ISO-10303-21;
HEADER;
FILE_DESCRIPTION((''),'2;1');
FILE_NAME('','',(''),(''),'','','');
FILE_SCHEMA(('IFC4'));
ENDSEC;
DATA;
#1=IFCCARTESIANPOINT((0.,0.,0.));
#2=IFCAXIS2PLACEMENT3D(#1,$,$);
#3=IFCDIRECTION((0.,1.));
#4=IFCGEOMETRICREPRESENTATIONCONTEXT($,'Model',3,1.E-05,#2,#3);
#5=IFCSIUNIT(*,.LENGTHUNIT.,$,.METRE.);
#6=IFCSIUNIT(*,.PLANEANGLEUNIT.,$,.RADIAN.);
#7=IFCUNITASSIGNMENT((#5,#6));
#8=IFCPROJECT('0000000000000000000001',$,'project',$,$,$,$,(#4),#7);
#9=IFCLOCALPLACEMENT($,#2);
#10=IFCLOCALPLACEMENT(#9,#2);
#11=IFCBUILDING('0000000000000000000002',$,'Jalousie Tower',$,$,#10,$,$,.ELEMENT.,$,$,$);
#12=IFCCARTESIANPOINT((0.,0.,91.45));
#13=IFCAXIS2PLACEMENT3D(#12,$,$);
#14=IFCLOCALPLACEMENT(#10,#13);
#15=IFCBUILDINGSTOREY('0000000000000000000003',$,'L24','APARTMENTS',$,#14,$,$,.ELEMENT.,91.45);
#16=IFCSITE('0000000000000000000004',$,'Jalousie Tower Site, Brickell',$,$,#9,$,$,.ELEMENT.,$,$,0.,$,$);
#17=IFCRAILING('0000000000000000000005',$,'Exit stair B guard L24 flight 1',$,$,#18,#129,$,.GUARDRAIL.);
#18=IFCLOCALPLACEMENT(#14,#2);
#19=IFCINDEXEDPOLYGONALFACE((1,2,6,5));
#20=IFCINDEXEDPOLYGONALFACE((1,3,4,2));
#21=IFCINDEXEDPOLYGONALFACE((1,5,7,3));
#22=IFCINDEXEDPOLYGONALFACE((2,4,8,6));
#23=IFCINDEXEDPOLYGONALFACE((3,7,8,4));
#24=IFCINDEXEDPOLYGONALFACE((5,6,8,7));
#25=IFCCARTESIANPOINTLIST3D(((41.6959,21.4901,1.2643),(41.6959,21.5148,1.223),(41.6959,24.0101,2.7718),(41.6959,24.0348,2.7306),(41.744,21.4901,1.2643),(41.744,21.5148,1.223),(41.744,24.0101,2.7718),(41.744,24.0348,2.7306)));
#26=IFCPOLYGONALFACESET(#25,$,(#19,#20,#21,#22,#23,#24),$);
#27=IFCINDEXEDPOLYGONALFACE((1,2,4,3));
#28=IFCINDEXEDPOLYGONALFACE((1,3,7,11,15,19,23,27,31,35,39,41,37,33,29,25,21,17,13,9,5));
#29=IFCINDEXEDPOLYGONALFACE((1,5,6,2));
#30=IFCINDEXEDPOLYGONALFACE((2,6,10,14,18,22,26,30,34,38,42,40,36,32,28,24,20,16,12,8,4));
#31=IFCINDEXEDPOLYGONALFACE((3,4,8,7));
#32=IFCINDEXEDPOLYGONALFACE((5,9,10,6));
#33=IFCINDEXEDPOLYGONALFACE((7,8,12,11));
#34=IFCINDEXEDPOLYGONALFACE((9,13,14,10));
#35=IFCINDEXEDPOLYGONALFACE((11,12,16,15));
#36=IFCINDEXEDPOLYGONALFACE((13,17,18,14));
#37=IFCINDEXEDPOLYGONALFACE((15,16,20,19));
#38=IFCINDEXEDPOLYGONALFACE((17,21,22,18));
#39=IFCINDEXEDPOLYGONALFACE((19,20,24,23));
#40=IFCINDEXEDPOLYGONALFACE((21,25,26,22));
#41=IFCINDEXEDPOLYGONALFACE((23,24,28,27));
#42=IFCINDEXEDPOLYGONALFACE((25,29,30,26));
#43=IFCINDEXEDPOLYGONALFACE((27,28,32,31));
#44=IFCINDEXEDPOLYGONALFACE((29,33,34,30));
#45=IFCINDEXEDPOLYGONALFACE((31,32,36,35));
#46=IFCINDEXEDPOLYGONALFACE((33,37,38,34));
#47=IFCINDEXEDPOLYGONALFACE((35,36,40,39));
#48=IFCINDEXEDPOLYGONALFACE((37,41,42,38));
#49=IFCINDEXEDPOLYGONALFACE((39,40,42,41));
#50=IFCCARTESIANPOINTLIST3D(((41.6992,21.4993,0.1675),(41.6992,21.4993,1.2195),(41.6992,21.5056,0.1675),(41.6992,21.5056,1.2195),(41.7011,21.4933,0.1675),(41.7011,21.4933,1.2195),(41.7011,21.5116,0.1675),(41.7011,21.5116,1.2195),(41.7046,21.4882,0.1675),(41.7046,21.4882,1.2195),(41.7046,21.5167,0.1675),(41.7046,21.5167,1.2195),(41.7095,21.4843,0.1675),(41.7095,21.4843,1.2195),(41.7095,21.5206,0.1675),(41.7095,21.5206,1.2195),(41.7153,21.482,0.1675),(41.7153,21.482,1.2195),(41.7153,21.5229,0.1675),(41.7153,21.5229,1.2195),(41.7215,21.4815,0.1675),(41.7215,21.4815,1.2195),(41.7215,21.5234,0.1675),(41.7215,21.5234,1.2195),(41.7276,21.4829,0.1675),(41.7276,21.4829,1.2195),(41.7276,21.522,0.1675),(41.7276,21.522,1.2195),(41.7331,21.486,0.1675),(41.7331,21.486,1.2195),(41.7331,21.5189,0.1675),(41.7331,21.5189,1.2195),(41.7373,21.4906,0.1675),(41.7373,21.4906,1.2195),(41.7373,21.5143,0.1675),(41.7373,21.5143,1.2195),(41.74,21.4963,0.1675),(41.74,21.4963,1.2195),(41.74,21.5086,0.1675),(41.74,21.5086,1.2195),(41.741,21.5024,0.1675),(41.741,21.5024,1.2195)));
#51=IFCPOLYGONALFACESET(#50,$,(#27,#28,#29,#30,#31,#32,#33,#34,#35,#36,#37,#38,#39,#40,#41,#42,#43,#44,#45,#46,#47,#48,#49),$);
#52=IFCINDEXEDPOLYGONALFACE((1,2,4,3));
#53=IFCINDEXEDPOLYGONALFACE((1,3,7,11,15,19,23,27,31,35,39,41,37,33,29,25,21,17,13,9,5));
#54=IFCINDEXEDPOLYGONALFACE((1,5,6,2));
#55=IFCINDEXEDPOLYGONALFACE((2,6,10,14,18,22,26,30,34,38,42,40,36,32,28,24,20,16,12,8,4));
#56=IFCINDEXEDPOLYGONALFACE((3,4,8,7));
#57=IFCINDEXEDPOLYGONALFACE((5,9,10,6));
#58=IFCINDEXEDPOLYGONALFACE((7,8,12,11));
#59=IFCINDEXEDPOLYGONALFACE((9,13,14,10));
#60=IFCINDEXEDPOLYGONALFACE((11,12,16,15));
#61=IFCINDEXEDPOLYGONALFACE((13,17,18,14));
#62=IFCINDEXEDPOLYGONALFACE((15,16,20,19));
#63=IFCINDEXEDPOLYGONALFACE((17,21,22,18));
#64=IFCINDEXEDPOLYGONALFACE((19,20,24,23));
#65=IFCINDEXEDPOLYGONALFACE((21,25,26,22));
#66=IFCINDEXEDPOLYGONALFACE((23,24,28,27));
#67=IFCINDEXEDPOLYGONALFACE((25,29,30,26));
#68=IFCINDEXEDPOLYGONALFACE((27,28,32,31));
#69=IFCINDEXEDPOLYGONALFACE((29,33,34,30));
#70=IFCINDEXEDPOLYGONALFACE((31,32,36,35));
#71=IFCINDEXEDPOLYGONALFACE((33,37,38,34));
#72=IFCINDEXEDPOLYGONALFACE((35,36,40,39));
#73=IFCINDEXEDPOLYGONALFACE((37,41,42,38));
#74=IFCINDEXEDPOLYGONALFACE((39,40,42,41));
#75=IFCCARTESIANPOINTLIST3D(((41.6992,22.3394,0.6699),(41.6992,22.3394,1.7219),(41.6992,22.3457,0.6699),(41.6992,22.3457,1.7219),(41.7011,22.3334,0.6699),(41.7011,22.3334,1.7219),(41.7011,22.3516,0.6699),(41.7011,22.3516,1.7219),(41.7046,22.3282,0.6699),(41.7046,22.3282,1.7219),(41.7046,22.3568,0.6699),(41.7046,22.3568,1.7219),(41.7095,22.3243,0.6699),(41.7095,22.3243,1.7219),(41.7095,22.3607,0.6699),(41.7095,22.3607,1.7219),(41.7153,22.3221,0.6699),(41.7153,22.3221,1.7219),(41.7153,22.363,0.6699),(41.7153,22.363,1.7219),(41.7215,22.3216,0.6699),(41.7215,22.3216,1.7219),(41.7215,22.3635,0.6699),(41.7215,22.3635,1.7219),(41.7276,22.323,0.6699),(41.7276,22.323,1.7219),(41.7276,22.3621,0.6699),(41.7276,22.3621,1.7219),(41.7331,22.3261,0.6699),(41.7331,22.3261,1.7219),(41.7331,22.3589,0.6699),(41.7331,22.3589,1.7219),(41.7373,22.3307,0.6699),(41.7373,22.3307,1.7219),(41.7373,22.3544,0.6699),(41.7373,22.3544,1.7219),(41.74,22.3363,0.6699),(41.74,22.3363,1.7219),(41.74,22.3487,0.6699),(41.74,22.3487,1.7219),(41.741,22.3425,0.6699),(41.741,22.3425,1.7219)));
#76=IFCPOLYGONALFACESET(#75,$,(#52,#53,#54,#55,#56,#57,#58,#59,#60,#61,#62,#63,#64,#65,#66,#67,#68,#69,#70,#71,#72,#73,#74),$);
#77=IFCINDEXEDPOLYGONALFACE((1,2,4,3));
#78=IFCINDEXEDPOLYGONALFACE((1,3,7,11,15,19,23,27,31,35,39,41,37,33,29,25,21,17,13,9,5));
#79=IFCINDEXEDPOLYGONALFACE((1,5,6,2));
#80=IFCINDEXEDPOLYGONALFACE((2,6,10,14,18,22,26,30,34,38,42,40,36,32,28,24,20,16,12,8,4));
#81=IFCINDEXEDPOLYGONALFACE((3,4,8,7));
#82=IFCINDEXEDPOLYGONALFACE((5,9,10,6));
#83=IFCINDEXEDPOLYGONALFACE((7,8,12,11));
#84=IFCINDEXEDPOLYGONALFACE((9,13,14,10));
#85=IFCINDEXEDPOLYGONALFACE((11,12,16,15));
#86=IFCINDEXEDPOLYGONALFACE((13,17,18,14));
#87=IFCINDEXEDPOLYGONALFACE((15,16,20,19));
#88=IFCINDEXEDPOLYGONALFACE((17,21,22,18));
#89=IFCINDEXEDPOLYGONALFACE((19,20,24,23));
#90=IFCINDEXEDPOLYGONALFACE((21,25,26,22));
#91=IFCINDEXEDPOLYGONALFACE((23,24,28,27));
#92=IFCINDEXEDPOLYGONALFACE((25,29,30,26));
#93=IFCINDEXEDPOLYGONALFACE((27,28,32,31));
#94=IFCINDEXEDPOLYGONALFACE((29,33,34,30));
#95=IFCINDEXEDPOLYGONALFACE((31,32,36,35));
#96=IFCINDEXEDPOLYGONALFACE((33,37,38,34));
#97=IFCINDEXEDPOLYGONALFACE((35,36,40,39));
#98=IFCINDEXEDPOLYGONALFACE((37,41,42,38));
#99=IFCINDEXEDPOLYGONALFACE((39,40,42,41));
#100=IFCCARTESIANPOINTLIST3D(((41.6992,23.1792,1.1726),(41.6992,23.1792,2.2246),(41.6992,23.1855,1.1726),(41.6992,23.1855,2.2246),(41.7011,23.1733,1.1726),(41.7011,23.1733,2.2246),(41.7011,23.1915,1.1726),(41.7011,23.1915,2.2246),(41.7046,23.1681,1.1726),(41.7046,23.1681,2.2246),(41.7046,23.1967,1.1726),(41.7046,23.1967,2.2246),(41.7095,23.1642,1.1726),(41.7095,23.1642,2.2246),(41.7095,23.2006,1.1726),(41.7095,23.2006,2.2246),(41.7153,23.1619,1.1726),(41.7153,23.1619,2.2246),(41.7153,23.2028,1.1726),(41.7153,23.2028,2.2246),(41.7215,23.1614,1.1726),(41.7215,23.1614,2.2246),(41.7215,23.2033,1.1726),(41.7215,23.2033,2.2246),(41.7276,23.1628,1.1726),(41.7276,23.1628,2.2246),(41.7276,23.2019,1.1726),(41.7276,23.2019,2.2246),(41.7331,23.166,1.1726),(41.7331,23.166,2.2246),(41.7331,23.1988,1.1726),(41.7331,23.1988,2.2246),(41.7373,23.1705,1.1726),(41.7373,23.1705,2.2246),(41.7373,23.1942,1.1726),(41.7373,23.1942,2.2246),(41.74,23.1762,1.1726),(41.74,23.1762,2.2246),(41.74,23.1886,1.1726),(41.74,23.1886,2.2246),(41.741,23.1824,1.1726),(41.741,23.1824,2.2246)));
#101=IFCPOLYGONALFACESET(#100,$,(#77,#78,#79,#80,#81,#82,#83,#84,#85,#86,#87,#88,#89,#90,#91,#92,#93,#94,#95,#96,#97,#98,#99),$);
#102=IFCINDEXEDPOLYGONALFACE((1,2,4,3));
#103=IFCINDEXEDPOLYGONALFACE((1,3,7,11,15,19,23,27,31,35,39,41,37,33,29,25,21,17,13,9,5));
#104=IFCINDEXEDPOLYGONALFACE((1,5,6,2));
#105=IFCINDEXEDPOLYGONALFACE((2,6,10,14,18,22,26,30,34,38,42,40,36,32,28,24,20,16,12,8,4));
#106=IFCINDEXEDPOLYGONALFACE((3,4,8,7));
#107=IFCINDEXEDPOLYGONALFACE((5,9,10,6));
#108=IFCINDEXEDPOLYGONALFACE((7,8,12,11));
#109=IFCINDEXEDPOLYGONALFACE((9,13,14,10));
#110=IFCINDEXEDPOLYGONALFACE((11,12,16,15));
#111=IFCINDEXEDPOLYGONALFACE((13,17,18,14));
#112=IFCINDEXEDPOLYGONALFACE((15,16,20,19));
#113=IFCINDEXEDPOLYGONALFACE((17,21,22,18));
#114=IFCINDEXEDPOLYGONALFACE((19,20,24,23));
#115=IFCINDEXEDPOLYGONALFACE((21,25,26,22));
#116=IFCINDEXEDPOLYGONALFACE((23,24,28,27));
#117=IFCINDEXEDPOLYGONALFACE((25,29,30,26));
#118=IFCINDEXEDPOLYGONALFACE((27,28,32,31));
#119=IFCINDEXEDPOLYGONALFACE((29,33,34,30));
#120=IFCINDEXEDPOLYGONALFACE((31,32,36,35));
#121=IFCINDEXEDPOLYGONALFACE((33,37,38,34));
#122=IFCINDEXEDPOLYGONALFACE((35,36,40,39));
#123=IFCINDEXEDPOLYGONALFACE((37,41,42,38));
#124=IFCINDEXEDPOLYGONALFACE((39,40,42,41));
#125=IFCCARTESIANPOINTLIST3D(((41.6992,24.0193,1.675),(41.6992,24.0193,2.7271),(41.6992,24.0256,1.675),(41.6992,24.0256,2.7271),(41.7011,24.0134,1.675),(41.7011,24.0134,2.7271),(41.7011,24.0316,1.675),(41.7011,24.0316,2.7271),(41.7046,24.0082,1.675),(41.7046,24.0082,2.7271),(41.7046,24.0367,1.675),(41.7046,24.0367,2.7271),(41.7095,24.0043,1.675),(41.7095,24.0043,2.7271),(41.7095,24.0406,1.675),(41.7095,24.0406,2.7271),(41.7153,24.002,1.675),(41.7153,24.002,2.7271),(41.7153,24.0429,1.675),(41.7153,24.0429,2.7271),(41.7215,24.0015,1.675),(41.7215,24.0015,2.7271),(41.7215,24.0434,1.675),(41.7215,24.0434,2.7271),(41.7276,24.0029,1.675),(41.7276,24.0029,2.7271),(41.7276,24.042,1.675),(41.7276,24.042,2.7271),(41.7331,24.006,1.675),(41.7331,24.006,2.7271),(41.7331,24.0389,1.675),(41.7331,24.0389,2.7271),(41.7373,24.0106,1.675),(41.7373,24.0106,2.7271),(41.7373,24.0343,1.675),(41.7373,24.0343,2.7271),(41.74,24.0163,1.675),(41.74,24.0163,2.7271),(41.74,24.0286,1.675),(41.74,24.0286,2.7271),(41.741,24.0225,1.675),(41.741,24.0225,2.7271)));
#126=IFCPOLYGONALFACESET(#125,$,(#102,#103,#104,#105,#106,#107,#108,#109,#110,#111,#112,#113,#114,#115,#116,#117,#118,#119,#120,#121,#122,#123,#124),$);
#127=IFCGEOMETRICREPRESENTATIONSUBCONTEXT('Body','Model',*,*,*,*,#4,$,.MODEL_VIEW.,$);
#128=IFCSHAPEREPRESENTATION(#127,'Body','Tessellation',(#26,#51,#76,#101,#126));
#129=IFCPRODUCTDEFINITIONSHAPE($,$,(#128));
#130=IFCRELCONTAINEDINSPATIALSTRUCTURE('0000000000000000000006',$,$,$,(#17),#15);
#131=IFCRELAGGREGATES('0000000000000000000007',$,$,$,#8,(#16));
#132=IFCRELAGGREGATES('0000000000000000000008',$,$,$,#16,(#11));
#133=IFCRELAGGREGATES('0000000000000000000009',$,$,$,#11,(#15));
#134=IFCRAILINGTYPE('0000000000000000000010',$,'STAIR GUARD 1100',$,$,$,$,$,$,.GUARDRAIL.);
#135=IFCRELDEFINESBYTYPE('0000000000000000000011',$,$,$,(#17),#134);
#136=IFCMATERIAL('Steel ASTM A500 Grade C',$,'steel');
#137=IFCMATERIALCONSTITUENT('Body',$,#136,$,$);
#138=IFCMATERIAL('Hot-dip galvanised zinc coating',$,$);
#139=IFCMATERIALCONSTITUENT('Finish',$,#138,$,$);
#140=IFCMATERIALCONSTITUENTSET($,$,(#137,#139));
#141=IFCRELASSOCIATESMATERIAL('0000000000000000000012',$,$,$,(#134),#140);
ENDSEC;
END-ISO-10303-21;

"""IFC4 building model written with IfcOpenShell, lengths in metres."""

from ifc_helpers import new_model, si_unit, direction, frame, origin, origin_2d, place, context, subcontext, project, spatial, rectangle, circle, extrude, material, constituent, constituent_set, type_object, element, save


model = new_model("IFC4")

# Units and contexts
model_context = context("Model", 3, precision=1e-05, world=origin(), true_north=direction((0.0, 1.0)))
body_context = subcontext(model_context, "Body", "Model", "MODEL_VIEW")
ifc_project = project(units=[si_unit("LENGTHUNIT", "METRE"), si_unit("PLANEANGLEUNIT", "RADIAN")], contexts=[model_context])

# Site, building, storey
site_placement = place(None, origin())
site = spatial("IfcSite", under=ifc_project, at=site_placement, Name="Jalousie Tower Site, Brickell", CompositionType="ELEMENT", RefElevation=0.0)
building_placement = place(site_placement, origin())
building = spatial("IfcBuilding", under=site, at=building_placement, Name="Jalousie Tower", CompositionType="ELEMENT")
storey_placement = place(building_placement, frame((0.0, 0.0, 91.45)))
storey = spatial("IfcBuildingStorey", under=building, at=storey_placement, Name="L24", Description="APARTMENTS", CompositionType="ELEMENT", Elevation=91.45)

# Railing
ifc_material_1 = material(Name="Steel ASTM A500 Grade C", Category="steel")
ifc_constituent_1 = constituent(ifc_material_1, Name="Body")
ifc_material_2 = material(Name="Hot-dip galvanised zinc coating")
ifc_constituent_2 = constituent(ifc_material_2, Name="Finish")
ifc_constituent_set_1 = constituent_set(constituents=[ifc_constituent_1, ifc_constituent_2])
railing_type_1 = type_object("IfcRailingType", Name="STAIR GUARD 1100", PredefinedType="GUARDRAIL", material=ifc_constituent_set_1)
railing_1_placement = place(storey_placement, frame((41.72, 21.5024, 0.1675)))
element("IfcRailing", 1, at=railing_1_placement, inside=storey, type_object=railing_type_1, Name="Exit stair B guard L24 flight 1", PredefinedType="GUARDRAIL", context=body_context, shape_type="SweptSolid", body=[
    extrude(rectangle(XDim=0.0481, YDim=0.0481, at=origin_2d()), frame((0.0, 0.0, 1.0762), z_axis=(0.0, 0.85816, 0.513383), x_axis=(-1.0, 0.0, 0.0)), (0.0, 0.0, 1.0), 2.9365),
    extrude(circle(Radius=0.021, at=origin_2d()), origin(), (0.0, 0.0, 1.0), 1.052),
    extrude(circle(Radius=0.021, at=origin_2d()), frame((0.0, 0.8401, 0.5024)), (0.0, 0.0, 1.0), 1.052),
    extrude(circle(Radius=0.021, at=origin_2d()), frame((0.0, 1.6799, 1.0051)), (0.0, 0.0, 1.0), 1.052),
    extrude(circle(Radius=0.021, at=origin_2d()), frame((0.0, 2.52, 1.5076)), (0.0, 0.0, 1.0), 1.052),
])

save(model, "model.ifc")
